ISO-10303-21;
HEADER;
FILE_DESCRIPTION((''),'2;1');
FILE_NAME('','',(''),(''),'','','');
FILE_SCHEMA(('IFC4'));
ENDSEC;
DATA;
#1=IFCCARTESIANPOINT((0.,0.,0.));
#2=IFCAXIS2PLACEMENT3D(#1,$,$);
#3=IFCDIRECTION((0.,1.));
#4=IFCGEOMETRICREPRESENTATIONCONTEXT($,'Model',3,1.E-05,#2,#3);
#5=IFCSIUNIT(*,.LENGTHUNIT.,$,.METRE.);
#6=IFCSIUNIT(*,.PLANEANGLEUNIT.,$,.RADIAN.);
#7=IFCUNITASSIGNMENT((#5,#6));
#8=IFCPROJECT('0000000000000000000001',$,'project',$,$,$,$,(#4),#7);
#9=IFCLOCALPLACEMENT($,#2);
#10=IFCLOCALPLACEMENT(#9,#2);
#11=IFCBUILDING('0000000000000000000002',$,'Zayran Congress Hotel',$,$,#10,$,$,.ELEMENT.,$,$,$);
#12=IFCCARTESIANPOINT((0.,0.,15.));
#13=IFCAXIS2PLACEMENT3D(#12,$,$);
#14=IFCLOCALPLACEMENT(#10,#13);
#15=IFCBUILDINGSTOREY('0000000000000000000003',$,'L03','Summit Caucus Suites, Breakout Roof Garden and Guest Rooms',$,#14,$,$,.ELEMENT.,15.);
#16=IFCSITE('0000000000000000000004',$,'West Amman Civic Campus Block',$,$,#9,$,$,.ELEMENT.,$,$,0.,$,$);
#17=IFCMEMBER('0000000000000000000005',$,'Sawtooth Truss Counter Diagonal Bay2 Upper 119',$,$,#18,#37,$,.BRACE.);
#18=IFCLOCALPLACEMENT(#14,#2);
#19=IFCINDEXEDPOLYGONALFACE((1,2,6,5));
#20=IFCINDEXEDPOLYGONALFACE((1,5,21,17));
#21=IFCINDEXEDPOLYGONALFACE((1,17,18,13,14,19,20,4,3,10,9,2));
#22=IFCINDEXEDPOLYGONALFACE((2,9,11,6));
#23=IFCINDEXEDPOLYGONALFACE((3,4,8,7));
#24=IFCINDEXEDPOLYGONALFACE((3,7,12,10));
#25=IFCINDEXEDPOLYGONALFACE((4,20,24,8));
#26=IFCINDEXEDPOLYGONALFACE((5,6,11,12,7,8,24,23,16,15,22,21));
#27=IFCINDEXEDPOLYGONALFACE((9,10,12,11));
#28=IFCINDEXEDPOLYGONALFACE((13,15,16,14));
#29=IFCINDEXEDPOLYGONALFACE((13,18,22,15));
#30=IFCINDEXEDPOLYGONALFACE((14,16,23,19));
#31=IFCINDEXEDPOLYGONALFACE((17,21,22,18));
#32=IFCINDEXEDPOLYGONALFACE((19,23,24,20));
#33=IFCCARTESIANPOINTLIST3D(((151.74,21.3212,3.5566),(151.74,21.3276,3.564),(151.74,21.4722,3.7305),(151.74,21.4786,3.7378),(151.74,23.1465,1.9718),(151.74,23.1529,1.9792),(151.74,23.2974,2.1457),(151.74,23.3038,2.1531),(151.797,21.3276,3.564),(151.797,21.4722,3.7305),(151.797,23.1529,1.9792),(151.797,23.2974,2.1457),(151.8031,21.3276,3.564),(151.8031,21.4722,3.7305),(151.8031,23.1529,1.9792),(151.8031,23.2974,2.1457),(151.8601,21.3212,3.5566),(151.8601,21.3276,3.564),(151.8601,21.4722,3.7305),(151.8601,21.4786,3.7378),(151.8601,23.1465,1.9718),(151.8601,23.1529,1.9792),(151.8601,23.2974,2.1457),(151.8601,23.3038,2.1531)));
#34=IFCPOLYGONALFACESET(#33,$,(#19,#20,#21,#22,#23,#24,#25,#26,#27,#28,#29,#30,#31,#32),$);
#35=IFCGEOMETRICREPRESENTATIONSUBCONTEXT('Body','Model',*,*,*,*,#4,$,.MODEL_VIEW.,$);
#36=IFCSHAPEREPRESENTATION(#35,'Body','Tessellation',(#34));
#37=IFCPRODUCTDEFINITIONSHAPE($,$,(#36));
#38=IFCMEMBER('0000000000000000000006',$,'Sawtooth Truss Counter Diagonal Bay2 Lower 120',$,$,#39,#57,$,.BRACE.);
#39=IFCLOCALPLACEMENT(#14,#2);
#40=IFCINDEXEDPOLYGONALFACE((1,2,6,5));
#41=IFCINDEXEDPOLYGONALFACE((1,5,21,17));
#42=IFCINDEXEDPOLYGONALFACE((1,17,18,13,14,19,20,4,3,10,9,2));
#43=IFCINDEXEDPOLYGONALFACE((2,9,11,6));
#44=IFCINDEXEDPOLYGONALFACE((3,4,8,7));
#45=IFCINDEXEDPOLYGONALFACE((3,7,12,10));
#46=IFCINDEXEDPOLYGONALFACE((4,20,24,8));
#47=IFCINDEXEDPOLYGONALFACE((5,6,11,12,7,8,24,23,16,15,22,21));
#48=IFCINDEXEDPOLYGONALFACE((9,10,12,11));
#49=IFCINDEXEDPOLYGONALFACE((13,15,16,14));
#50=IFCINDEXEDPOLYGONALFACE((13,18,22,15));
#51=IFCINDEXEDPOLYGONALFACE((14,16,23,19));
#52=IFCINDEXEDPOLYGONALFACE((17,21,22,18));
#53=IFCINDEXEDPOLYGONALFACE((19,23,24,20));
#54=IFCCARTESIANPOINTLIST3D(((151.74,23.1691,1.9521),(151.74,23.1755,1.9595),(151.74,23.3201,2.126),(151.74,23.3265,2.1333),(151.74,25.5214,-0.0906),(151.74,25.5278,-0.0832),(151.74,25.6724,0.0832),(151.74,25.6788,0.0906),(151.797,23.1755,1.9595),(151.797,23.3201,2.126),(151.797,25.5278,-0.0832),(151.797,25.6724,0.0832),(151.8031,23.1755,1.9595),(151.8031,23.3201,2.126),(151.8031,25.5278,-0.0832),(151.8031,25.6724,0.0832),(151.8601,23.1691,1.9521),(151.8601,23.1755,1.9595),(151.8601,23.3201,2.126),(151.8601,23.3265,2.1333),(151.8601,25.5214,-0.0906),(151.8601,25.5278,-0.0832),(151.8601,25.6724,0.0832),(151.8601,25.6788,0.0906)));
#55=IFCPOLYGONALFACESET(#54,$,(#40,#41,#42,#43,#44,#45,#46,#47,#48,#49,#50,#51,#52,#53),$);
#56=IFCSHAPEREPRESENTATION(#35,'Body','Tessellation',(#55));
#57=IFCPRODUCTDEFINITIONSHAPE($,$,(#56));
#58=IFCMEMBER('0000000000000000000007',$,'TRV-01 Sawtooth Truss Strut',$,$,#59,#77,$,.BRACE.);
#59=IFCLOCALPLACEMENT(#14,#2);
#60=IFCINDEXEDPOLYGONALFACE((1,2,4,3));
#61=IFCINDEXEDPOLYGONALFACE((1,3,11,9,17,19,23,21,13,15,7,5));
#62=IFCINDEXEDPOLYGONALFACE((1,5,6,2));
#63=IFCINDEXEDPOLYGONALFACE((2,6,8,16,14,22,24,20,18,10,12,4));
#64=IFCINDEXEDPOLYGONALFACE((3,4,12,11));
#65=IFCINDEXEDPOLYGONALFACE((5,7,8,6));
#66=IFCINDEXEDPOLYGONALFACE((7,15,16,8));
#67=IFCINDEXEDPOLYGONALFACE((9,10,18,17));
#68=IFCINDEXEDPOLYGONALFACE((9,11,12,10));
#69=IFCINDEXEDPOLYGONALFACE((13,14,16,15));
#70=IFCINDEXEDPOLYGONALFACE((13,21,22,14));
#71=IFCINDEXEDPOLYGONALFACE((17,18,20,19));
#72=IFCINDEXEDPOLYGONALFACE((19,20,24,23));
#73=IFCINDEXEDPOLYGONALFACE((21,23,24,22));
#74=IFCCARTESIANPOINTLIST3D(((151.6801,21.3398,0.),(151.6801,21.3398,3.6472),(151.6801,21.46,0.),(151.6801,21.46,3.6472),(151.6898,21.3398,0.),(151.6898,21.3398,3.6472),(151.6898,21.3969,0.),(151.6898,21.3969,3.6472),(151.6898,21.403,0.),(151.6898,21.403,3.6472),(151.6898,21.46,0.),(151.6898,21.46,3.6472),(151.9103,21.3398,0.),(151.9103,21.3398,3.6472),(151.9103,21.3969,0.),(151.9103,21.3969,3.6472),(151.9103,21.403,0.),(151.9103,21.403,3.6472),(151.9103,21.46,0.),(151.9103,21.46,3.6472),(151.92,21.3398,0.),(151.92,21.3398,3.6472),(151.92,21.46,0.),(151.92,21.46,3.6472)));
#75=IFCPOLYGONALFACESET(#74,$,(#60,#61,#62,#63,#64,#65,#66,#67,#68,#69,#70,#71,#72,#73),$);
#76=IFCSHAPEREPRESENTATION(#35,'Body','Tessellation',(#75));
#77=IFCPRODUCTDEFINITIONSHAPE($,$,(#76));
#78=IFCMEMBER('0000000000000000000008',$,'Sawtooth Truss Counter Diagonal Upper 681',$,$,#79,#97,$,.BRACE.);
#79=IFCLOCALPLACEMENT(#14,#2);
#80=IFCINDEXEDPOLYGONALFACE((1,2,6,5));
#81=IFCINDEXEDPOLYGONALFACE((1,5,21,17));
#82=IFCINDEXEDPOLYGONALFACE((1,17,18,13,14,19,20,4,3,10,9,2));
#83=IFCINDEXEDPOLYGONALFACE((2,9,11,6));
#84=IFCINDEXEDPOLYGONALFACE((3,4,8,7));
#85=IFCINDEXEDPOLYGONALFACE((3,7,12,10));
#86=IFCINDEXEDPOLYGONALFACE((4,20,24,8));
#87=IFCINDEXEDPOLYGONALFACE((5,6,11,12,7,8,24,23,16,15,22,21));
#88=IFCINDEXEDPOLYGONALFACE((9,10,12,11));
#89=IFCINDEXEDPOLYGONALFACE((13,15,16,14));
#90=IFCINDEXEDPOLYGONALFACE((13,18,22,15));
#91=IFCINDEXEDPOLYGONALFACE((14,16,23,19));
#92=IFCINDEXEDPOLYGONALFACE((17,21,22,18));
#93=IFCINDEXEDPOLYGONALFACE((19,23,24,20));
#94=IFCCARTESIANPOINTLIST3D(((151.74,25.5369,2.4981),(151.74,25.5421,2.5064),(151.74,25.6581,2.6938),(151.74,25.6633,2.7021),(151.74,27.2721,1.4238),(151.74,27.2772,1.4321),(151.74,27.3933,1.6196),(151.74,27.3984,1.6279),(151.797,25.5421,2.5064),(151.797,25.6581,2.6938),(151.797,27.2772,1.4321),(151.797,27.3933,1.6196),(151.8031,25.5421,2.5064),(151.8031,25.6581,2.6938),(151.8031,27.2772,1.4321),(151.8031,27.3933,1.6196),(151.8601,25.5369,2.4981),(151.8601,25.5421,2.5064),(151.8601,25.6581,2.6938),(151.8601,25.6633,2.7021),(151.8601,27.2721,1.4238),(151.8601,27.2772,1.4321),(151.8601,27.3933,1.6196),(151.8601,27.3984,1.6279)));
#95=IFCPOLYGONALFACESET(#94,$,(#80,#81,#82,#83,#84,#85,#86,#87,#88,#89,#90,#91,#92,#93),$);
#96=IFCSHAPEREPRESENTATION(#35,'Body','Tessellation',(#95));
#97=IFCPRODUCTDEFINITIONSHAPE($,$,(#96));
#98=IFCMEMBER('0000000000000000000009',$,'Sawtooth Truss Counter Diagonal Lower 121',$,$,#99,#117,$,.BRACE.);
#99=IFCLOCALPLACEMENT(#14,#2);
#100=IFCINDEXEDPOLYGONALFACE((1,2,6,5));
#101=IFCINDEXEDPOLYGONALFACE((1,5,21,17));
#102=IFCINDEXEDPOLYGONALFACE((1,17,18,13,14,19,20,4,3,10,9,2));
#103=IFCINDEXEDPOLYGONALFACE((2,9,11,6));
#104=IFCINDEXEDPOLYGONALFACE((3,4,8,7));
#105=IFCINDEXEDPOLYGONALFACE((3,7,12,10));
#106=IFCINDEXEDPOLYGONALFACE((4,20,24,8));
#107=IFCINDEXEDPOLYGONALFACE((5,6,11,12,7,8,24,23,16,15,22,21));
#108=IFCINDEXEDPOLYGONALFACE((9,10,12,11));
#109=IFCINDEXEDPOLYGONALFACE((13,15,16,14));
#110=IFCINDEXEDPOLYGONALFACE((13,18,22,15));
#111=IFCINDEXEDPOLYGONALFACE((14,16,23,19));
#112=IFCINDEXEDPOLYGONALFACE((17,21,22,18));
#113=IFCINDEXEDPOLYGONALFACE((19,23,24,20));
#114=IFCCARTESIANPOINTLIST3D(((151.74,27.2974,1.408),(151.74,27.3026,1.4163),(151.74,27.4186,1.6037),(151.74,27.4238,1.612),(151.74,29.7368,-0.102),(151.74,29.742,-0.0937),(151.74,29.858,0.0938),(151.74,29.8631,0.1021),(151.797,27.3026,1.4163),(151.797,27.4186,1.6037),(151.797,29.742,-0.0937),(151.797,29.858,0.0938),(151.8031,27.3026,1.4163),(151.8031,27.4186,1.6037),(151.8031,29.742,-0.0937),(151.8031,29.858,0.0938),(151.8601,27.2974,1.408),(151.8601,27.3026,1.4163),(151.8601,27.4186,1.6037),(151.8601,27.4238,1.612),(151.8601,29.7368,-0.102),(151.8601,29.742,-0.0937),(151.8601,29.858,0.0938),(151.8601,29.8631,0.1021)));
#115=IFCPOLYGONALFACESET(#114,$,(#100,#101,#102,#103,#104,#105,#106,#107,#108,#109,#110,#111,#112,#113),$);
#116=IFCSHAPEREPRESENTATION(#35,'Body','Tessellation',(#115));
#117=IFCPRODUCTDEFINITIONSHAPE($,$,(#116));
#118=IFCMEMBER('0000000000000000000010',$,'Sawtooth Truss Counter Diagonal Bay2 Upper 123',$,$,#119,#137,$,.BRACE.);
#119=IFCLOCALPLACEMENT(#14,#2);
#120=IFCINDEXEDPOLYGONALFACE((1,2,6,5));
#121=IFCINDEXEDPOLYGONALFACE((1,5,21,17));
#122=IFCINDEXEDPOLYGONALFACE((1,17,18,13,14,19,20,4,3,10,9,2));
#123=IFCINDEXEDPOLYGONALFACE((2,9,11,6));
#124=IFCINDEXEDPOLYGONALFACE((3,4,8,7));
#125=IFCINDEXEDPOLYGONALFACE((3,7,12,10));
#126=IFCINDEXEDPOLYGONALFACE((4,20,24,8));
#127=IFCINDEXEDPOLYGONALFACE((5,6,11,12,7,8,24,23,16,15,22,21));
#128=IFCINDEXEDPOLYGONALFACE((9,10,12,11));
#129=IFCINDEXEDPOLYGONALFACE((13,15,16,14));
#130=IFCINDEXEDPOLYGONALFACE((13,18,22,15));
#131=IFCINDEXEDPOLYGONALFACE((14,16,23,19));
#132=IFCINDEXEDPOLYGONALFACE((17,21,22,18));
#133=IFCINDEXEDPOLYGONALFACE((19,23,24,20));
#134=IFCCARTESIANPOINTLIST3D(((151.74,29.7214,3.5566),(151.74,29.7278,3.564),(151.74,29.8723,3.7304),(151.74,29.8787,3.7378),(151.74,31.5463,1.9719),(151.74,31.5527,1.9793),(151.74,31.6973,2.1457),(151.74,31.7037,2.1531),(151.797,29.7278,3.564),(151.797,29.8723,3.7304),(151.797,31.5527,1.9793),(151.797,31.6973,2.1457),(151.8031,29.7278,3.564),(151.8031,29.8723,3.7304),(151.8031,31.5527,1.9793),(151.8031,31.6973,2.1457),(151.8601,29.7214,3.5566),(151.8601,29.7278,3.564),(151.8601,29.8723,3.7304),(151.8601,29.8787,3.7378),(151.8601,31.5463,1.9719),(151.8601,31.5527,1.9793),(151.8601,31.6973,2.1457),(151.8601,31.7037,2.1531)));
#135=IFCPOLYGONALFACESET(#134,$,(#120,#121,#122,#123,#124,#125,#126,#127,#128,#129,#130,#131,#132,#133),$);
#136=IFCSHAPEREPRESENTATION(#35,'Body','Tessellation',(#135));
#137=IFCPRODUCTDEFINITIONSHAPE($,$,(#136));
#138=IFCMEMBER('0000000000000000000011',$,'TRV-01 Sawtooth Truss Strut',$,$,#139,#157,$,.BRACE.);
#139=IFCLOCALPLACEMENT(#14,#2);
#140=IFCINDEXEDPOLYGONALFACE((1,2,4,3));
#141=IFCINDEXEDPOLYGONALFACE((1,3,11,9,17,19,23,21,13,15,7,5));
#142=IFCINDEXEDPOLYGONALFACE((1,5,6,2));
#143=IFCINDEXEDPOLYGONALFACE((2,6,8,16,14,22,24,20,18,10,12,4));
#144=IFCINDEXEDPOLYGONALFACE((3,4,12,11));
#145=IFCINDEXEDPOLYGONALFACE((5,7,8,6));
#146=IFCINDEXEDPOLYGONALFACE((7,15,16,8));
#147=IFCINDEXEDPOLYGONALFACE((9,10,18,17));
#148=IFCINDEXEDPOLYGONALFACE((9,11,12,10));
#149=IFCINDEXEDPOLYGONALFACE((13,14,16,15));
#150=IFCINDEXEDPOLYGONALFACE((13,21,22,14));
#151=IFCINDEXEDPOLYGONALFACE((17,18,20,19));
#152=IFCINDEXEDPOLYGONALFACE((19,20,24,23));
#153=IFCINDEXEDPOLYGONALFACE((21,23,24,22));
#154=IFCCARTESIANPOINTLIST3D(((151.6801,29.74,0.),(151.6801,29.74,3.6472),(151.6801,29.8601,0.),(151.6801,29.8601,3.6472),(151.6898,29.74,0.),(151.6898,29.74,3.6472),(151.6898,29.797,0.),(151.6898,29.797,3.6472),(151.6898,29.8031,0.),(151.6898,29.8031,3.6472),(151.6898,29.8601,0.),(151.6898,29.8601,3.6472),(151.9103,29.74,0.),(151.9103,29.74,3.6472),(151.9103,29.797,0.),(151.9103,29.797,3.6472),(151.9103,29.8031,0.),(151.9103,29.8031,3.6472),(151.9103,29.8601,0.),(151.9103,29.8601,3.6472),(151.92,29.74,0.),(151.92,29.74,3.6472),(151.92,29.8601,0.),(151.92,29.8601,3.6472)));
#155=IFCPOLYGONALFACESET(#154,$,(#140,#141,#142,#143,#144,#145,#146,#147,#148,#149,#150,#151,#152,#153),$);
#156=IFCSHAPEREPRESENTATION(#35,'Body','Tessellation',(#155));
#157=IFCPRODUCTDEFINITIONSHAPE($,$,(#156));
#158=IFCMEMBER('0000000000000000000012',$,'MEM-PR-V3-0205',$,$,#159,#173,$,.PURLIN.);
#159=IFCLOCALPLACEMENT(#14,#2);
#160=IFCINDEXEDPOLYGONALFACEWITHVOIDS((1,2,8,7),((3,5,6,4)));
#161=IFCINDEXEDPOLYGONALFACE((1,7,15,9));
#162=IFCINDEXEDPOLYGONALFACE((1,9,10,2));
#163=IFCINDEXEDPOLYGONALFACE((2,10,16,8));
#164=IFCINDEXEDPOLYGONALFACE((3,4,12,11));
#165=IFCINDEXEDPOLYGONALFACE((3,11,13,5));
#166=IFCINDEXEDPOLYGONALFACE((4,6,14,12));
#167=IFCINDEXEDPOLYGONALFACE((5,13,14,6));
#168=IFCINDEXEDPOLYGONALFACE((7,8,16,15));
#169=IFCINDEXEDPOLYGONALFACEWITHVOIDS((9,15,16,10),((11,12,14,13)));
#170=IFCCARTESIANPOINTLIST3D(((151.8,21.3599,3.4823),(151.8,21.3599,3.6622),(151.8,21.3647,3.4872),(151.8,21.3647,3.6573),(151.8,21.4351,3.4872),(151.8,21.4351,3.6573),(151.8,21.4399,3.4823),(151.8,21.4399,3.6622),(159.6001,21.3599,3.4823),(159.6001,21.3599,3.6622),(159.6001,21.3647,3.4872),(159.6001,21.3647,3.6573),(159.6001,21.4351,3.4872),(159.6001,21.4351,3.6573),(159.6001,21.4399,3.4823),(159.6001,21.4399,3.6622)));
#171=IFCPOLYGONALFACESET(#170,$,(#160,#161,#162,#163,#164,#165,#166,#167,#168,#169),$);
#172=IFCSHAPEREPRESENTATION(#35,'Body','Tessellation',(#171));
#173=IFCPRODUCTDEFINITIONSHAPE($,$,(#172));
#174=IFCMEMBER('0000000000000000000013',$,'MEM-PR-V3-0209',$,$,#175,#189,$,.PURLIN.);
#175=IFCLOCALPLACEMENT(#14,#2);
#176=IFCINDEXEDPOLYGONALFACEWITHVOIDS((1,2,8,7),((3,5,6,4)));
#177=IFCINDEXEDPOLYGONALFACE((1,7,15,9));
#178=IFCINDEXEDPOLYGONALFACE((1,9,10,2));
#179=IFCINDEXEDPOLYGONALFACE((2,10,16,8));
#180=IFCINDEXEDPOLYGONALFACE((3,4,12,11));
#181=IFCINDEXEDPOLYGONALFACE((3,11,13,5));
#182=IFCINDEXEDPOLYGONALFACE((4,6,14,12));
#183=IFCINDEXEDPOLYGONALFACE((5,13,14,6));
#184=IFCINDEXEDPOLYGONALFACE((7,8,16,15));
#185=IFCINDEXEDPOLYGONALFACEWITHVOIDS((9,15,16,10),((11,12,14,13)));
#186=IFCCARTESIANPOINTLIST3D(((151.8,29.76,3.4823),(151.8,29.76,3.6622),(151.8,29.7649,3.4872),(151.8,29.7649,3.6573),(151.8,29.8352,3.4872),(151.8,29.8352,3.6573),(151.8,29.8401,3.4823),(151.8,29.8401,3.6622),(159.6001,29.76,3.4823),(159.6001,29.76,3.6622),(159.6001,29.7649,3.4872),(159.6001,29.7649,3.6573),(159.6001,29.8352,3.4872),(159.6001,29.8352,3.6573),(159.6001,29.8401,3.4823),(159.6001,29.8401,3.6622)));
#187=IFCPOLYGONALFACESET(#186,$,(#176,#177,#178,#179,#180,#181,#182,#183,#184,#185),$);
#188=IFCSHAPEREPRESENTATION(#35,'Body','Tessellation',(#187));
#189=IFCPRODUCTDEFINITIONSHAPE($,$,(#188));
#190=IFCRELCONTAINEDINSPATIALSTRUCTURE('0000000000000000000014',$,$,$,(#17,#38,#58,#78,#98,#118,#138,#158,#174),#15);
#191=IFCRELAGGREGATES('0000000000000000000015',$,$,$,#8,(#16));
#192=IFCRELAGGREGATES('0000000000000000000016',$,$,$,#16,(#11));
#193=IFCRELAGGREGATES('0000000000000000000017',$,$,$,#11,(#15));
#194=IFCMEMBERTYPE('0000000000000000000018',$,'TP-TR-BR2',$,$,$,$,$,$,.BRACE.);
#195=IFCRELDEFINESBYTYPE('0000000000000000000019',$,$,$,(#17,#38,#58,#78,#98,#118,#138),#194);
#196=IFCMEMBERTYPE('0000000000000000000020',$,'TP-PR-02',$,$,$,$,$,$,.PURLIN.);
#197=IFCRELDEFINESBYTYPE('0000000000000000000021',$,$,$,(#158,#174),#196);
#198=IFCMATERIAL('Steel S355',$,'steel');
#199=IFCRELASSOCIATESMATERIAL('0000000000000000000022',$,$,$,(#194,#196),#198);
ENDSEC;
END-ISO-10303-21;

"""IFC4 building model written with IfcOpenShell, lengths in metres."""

from ifc_helpers import new_model, si_unit, direction, frame, origin, origin_2d, place, context, subcontext, project, spatial, hollow_rectangle, i_section, extrude, material, material_profile, profile_set, type_object, element, save


model = new_model("IFC4")

# Units and contexts
model_context = context("Model", 3, precision=1e-05, world=origin(), true_north=direction((0.0, 1.0)))
body_context = subcontext(model_context, "Body", "Model", "MODEL_VIEW")
ifc_project = project(units=[si_unit("LENGTHUNIT", "METRE"), si_unit("PLANEANGLEUNIT", "RADIAN")], contexts=[model_context])

# Site, building, storey
site_placement = place(None, origin())
site = spatial("IfcSite", under=ifc_project, at=site_placement, Name="West Amman Civic Campus Block", CompositionType="ELEMENT", RefElevation=0.0)
building_placement = place(site_placement, origin())
building = spatial("IfcBuilding", under=site, at=building_placement, Name="Zayran Congress Hotel", CompositionType="ELEMENT")
storey_placement = place(building_placement, frame((0.0, 0.0, 15.0)))
storey = spatial("IfcBuildingStorey", under=building, at=storey_placement, Name="L03", Description="Summit Caucus Suites, Breakout Roof Garden and Guest Rooms", CompositionType="ELEMENT", Elevation=15.0)

# Members
ifc_material_1 = material(Name="Steel S355", Category="steel")
ifc_material_profile_1 = material_profile(ifc_material_1, i_section(OverallWidth=0.1201, OverallDepth=0.24, WebThickness=0.0061, FlangeThickness=0.0098, at=origin_2d()), Name="IPE 240")
ifc_profile_set_1 = profile_set([ifc_material_profile_1], Name="Steel S355")
member_type_1 = type_object("IfcMemberType", Name="TP-TR-BR2", PredefinedType="BRACE", material=ifc_profile_set_1)
member_1_placement = place(storey_placement, frame((151.8, 21.3999, 3.6472), z_axis=(0.0, 0.755099, -0.655611), x_axis=(-1.0, 0.0, 0.0)))
element("IfcMember", 1, at=member_1_placement, inside=storey, type_object=member_type_1, Name="Sawtooth Truss Counter Diagonal Bay2 Upper 119", PredefinedType="BRACE", context=body_context, shape_type="SweptSolid", body=[
    extrude(i_section(OverallWidth=0.1201, OverallDepth=0.24, WebThickness=0.0061, FlangeThickness=0.0098, at=origin_2d()), origin(), (0.0, 0.0, 1.0), 2.4172),
])
member_2_placement = place(storey_placement, frame((151.8, 23.2478, 2.0427), z_axis=(0.0, 0.755042, -0.655676), x_axis=(-1.0, 0.0, 0.0)))
element("IfcMember", 2, at=member_2_placement, inside=storey, type_object=member_type_1, Name="Sawtooth Truss Counter Diagonal Bay2 Lower 120", PredefinedType="BRACE", context=body_context, shape_type="SweptSolid", body=[
    extrude(i_section(OverallWidth=0.1201, OverallDepth=0.24, WebThickness=0.0061, FlangeThickness=0.0098, at=origin_2d()), origin(), (0.0, 0.0, 1.0), 3.1155),
])
member_3_placement = place(storey_placement, frame((151.8, 21.3999, 0.0), z_axis=(0.0, 0.0, 1.0), x_axis=(0.0, 1.0, 0.0)))
element("IfcMember", 3, at=member_3_placement, inside=storey, type_object=member_type_1, Name="TRV-01 Sawtooth Truss Strut", PredefinedType="BRACE", context=body_context, shape_type="SweptSolid", body=[
    extrude(i_section(OverallWidth=0.1201, OverallDepth=0.24, WebThickness=0.0061, FlangeThickness=0.0098, at=origin_2d()), origin(), (0.0, 0.0, 1.0), 3.6472),
])
member_4_placement = place(storey_placement, frame((151.8, 25.6001, 2.6001), z_axis=(0.0, 0.850242, -0.526392), x_axis=(-1.0, 0.0, 0.0)))
element("IfcMember", 4, at=member_4_placement, inside=storey, type_object=member_type_1, Name="Sawtooth Truss Counter Diagonal Upper 681", PredefinedType="BRACE", context=body_context, shape_type="SweptSolid", body=[
    extrude(i_section(OverallWidth=0.1201, OverallDepth=0.24, WebThickness=0.0061, FlangeThickness=0.0098, at=origin_2d()), origin(), (0.0, 0.0, 1.0), 2.0408),
])
member_5_placement = place(storey_placement, frame((151.8, 27.3606, 1.51), z_axis=(0.0, 0.850285, -0.526322), x_axis=(-1.0, 0.0, 0.0)))
element("IfcMember", 5, at=member_5_placement, inside=storey, type_object=member_type_1, Name="Sawtooth Truss Counter Diagonal Lower 121", PredefinedType="BRACE", context=body_context, shape_type="SweptSolid", body=[
    extrude(i_section(OverallWidth=0.1201, OverallDepth=0.24, WebThickness=0.0061, FlangeThickness=0.0098, at=origin_2d()), origin(), (0.0, 0.0, 1.0), 2.8689),
])
member_6_placement = place(storey_placement, frame((151.8, 29.8, 3.6472), z_axis=(0.0, 0.755055, -0.655661), x_axis=(-1.0, 0.0, 0.0)))
element("IfcMember", 6, at=member_6_placement, inside=storey, type_object=member_type_1, Name="Sawtooth Truss Counter Diagonal Bay2 Upper 123", PredefinedType="BRACE", context=body_context, shape_type="SweptSolid", body=[
    extrude(i_section(OverallWidth=0.1201, OverallDepth=0.24, WebThickness=0.0061, FlangeThickness=0.0098, at=origin_2d()), origin(), (0.0, 0.0, 1.0), 2.417),
])
member_7_placement = place(storey_placement, frame((151.8, 29.8, 0.0), z_axis=(0.0, 0.0, 1.0), x_axis=(0.0, 1.0, 0.0)))
element("IfcMember", 7, at=member_7_placement, inside=storey, type_object=member_type_1, Name="TRV-01 Sawtooth Truss Strut", PredefinedType="BRACE", context=body_context, shape_type="SweptSolid", body=[
    extrude(i_section(OverallWidth=0.1201, OverallDepth=0.24, WebThickness=0.0061, FlangeThickness=0.0098, at=origin_2d()), origin(), (0.0, 0.0, 1.0), 3.6472),
])
ifc_material_profile_2 = material_profile(ifc_material_1, hollow_rectangle(XDim=0.0801, YDim=0.1799, WallThickness=0.0049, at=origin_2d()), Name="RHS 180x80x5")
ifc_profile_set_2 = profile_set([ifc_material_profile_2], Name="Steel S355")
member_type_2 = type_object("IfcMemberType", Name="TP-PR-02", PredefinedType="PURLIN", material=ifc_profile_set_2)
for number, where, z_axis, x_axis, name in (
    (8, (151.8, 21.3999, 3.5723), (1.0, 0.0, 0.0), (0.0, 1.0, 0.0), "MEM-PR-V3-0205"),
    (9, (151.8, 29.8, 3.5723), (1.0, 0.0, 0.0), (0.0, 1.0, 0.0), "MEM-PR-V3-0209"),
):
    element("IfcMember", number, at=place(storey_placement, frame(where, z_axis=z_axis, x_axis=x_axis)), inside=storey, type_object=member_type_2, Name=name, PredefinedType="PURLIN", context=body_context, shape_type="SweptSolid", body=[
        extrude(hollow_rectangle(XDim=0.0801, YDim=0.1799, WallThickness=0.0049, at=origin_2d()), origin(), (0.0, 0.0, 1.0), 7.8),
    ])

save(model, "model.ifc")
